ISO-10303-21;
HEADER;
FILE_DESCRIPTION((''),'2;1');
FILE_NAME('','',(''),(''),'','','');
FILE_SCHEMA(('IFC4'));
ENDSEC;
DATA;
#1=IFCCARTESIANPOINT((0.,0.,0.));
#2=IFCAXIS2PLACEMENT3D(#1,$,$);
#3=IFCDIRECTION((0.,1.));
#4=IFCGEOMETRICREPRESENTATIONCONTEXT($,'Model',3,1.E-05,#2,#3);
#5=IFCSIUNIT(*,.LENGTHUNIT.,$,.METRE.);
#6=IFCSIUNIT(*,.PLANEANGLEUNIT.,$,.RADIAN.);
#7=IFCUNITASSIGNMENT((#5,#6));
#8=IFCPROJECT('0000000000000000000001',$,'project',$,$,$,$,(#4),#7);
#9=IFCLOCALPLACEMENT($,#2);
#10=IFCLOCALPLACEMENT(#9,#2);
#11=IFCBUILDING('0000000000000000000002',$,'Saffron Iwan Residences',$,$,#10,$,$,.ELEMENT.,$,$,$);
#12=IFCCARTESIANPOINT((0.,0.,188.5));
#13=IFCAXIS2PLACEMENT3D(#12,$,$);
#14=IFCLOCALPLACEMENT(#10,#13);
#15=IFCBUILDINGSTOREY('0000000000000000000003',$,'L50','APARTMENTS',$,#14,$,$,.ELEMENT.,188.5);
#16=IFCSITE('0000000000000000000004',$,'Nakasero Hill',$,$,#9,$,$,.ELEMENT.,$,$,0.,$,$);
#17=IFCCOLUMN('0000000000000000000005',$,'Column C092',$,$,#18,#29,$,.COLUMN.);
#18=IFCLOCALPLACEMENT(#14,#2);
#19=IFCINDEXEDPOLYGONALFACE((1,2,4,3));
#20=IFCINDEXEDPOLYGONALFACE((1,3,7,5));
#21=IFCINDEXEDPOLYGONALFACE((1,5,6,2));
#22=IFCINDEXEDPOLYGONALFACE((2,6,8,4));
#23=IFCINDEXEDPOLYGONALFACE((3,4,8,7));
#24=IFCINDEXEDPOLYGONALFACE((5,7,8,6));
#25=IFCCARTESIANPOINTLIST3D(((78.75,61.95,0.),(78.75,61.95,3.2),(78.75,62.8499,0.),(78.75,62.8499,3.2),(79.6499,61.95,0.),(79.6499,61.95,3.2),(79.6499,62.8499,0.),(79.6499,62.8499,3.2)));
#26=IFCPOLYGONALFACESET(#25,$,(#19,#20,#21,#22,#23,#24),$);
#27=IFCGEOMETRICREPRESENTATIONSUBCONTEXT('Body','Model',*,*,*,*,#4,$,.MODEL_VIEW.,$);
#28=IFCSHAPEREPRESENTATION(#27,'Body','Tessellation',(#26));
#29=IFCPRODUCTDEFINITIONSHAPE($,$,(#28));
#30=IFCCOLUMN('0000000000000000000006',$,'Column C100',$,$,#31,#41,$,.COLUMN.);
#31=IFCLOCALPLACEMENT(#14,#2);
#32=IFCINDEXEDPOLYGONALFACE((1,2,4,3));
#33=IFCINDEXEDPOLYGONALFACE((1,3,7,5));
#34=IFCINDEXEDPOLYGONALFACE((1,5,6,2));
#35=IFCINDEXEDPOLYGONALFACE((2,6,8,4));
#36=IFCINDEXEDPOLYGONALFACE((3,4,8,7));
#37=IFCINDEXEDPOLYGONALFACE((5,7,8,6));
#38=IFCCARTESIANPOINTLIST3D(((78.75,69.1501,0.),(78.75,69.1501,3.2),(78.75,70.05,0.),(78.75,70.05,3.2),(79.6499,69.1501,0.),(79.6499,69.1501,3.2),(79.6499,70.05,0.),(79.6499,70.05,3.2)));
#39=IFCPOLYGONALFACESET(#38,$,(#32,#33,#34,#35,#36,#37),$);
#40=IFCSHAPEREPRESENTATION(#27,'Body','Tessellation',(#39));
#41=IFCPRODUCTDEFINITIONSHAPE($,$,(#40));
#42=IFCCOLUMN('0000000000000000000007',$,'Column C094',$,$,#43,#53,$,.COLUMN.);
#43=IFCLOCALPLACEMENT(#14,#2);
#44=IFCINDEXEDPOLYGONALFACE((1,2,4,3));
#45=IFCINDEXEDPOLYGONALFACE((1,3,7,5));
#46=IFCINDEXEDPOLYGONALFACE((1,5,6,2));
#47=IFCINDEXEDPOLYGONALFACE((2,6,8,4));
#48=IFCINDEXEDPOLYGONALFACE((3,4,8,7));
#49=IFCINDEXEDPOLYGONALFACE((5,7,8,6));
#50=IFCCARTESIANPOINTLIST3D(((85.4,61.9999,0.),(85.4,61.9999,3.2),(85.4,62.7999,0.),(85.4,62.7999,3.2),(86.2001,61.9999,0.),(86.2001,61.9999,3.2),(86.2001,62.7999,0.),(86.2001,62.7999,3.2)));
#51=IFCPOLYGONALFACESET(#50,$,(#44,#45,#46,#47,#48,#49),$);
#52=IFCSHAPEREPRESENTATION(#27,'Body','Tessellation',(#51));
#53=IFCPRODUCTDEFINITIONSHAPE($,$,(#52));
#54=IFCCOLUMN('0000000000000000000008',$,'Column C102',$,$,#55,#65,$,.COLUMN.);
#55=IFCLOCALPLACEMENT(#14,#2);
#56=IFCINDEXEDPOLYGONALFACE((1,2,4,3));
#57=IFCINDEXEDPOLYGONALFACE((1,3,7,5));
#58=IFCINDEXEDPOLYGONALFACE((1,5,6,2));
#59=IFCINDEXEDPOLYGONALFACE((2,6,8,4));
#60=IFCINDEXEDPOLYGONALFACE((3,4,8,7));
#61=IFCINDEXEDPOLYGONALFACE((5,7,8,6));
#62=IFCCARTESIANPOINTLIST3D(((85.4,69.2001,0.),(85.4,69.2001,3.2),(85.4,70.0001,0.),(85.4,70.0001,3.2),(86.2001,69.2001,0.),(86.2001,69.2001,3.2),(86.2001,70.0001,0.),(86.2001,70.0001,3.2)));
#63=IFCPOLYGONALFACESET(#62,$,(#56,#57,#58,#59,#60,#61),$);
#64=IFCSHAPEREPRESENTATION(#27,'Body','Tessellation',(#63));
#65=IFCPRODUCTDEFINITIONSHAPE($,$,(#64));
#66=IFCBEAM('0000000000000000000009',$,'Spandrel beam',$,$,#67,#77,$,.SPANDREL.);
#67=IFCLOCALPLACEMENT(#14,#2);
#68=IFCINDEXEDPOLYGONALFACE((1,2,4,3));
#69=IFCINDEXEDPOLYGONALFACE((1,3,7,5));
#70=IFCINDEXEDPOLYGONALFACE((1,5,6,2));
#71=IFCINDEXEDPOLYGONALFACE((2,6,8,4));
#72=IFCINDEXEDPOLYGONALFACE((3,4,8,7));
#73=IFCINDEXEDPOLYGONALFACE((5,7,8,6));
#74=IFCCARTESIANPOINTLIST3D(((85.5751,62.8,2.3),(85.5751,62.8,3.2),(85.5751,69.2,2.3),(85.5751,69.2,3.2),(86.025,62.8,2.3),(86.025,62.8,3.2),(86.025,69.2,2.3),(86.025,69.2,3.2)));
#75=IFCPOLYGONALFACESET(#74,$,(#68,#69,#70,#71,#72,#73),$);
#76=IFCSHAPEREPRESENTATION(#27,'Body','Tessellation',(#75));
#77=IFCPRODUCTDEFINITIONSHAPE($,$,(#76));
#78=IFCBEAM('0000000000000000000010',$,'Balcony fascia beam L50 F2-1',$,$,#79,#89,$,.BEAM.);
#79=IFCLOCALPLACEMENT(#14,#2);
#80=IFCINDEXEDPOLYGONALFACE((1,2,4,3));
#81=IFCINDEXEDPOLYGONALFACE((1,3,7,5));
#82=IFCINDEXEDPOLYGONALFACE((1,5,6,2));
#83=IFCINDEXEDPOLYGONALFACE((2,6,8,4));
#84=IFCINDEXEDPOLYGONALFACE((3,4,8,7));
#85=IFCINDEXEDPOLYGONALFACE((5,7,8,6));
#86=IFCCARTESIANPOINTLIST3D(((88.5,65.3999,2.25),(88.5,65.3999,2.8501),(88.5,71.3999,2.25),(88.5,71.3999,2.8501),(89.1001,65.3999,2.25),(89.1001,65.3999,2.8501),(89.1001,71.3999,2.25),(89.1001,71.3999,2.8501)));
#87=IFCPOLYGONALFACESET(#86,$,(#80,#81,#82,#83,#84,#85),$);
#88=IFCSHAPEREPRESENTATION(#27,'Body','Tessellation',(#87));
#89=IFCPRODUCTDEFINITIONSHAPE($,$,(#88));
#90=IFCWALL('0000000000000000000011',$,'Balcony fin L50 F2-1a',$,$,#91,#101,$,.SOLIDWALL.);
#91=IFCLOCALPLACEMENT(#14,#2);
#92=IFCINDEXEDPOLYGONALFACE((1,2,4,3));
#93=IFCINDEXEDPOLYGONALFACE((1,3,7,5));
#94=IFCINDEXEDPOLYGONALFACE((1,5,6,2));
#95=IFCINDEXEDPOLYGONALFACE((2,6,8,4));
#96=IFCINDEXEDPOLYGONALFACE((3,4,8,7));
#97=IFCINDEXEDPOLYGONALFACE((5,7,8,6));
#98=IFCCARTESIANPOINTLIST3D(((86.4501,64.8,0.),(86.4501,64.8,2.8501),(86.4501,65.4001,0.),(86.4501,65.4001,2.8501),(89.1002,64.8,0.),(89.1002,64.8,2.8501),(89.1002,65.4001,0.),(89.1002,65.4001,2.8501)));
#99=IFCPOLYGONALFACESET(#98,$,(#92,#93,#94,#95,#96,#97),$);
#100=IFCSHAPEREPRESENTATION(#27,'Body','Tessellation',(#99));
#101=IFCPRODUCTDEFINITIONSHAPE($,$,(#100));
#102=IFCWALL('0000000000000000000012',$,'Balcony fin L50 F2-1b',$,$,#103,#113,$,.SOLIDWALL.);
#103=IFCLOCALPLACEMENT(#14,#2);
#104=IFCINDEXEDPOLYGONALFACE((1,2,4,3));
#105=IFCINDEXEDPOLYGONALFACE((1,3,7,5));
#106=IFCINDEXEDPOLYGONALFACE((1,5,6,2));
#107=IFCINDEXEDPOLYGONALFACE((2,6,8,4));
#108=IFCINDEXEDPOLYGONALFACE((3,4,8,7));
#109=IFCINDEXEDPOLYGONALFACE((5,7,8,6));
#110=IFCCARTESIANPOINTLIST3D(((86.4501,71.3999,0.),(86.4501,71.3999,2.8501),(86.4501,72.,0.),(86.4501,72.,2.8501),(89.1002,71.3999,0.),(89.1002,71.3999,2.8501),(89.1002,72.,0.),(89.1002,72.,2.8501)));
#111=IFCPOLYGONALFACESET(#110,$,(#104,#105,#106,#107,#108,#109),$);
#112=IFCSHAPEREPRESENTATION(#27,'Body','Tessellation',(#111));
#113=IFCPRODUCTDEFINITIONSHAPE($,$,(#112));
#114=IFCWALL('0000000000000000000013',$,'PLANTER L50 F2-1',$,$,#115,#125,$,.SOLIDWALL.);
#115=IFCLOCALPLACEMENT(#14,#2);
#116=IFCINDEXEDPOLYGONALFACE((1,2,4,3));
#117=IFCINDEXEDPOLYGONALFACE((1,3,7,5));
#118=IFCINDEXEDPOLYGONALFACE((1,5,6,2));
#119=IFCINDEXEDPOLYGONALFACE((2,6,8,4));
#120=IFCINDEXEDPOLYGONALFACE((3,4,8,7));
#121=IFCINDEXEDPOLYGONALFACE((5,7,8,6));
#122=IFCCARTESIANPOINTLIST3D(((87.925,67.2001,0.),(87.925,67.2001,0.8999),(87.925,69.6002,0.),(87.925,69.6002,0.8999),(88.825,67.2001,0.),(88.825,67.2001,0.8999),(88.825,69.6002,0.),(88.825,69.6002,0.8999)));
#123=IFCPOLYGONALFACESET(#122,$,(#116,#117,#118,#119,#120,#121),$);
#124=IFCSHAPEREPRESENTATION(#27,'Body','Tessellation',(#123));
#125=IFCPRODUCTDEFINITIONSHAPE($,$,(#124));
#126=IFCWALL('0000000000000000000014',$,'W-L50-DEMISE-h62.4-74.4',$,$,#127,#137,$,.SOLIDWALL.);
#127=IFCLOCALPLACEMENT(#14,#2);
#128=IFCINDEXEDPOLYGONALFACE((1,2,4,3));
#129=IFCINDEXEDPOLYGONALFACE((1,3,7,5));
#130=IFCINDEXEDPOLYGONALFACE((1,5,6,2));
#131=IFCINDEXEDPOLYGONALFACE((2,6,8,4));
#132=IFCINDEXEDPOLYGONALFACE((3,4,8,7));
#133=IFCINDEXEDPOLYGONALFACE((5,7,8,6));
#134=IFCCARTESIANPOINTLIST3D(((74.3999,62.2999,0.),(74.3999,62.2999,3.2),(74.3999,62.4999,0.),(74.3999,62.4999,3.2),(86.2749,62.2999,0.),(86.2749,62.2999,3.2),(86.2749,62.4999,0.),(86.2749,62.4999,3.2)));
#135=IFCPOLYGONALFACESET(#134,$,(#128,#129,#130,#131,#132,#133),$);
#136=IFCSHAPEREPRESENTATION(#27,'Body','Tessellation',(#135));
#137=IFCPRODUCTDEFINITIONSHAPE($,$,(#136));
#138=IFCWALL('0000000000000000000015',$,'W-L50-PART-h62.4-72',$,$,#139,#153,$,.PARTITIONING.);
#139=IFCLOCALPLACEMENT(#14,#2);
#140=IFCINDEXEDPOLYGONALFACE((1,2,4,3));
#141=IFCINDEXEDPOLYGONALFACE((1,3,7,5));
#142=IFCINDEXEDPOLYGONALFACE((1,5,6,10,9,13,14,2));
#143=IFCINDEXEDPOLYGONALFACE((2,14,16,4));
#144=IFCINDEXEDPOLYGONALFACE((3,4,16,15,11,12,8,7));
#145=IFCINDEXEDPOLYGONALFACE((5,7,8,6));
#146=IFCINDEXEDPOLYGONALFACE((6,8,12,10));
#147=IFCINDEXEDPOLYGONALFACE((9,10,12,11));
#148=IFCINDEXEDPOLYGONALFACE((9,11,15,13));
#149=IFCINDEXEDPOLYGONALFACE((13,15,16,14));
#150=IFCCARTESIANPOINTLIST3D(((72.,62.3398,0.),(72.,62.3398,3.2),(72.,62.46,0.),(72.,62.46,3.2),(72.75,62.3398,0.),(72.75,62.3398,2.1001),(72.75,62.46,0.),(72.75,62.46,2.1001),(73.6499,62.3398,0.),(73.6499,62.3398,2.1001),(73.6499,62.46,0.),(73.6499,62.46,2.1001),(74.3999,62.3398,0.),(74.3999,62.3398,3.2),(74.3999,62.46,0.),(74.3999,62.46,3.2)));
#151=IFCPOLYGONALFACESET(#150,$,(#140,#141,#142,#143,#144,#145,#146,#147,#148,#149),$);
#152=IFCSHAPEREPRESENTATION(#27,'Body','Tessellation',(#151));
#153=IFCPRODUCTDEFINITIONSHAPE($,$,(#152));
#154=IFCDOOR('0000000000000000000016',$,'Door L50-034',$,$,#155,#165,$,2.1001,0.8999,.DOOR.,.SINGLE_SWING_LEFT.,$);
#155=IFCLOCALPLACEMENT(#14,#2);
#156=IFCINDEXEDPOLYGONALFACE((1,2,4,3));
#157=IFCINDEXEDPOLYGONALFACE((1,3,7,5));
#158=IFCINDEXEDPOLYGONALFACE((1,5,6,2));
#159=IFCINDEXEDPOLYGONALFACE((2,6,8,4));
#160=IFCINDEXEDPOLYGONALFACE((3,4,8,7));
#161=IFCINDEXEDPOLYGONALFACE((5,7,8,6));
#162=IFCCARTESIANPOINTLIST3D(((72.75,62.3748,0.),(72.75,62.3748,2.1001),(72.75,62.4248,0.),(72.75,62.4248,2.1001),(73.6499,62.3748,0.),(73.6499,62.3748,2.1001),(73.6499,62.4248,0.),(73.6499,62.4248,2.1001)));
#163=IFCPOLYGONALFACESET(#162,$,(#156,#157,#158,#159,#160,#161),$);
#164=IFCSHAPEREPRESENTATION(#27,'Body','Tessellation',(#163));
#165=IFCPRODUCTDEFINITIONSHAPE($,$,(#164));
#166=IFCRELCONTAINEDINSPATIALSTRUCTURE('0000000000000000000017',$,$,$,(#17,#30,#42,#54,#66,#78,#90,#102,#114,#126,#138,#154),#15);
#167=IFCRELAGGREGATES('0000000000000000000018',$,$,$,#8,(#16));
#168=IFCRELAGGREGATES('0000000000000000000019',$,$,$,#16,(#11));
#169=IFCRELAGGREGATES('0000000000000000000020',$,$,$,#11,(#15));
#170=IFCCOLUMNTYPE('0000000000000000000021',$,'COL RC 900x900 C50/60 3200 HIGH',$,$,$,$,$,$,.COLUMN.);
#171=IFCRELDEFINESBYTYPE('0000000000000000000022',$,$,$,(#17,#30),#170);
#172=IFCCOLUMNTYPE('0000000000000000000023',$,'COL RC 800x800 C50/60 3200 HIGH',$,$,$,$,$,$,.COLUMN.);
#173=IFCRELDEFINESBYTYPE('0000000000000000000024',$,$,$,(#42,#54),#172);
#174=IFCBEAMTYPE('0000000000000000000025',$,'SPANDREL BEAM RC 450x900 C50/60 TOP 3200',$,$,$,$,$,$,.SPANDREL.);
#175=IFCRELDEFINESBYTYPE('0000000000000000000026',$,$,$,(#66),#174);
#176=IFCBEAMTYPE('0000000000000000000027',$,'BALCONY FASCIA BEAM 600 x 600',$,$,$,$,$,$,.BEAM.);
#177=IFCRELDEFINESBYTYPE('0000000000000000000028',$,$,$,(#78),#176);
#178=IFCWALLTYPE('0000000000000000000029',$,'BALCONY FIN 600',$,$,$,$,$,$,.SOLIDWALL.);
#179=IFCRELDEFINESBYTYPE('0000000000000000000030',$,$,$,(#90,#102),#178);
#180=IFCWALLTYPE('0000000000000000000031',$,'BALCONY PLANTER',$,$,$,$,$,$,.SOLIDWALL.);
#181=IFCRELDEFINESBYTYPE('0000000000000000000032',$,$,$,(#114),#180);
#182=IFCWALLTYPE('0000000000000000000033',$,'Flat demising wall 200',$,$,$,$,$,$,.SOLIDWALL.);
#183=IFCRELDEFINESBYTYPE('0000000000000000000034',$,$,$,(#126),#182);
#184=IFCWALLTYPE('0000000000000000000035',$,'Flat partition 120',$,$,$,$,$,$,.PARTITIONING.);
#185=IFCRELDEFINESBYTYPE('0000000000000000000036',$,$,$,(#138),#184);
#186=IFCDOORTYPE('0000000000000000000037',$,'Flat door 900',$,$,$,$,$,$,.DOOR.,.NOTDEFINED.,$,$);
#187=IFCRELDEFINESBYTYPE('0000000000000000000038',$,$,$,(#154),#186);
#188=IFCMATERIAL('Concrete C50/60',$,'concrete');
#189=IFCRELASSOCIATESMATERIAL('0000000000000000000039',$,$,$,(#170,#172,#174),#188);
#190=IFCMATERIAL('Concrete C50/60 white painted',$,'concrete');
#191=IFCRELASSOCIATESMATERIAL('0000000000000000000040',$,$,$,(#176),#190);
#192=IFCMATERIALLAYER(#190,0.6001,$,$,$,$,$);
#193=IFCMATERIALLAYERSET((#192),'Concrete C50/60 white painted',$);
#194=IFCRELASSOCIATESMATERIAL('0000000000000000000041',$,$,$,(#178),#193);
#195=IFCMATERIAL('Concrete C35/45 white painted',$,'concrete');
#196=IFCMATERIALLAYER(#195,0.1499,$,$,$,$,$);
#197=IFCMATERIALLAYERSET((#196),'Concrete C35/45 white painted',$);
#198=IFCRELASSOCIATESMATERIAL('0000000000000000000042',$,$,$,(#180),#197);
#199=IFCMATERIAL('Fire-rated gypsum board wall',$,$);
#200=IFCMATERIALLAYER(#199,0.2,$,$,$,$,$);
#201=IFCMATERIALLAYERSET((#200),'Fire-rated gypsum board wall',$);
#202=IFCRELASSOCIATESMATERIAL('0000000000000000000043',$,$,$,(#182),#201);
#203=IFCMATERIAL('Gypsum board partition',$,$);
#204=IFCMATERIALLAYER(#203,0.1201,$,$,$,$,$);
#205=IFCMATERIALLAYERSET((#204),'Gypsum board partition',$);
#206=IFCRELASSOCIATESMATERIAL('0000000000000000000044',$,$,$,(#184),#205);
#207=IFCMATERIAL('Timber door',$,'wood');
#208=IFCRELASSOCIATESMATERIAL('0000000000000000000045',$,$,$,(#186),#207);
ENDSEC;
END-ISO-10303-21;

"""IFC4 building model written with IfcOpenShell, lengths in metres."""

from ifc_helpers import new_model, si_unit, direction, frame, frame_2d, origin, origin_2d, place, context, subcontext, project, spatial, rectangle, extrude, source, transform, mapped, material, layer, layer_set, material_profile, profile_set, type_object, element, fill, save


model = new_model("IFC4")

# Units and contexts
model_context = context("Model", 3, precision=1e-05, world=origin(), true_north=direction((0.0, 1.0)))
body_context = subcontext(model_context, "Body", "Model", "MODEL_VIEW")
ifc_project = project(units=[si_unit("LENGTHUNIT", "METRE"), si_unit("PLANEANGLEUNIT", "RADIAN")], contexts=[model_context])

# Site, building, storey
site_placement = place(None, origin())
site = spatial("IfcSite", under=ifc_project, at=site_placement, Name="Nakasero Hill", CompositionType="ELEMENT", RefElevation=0.0)
building_placement = place(site_placement, origin())
building = spatial("IfcBuilding", under=site, at=building_placement, Name="Saffron Iwan Residences", CompositionType="ELEMENT")
storey_placement = place(building_placement, frame((0.0, 0.0, 188.5)))
storey = spatial("IfcBuildingStorey", under=building, at=storey_placement, Name="L50", Description="APARTMENTS", CompositionType="ELEMENT", Elevation=188.5)

# Columns
ifc_material_1 = material(Name="Concrete C50/60", Category="concrete")
ifc_material_profile_1 = material_profile(ifc_material_1, rectangle(XDim=0.8999, YDim=0.8999, at=origin_2d()), Name="RC 900x900")
ifc_profile_set_1 = profile_set([ifc_material_profile_1], Name="Concrete C50/60")
column_type_1 = type_object("IfcColumnType", Name="COL RC 900x900 C50/60 3200 HIGH", PredefinedType="COLUMN", material=ifc_profile_set_1)
shared_shape_1 = source(origin(), body_context, "Body", "SweptSolid", [
    extrude(rectangle(XDim=0.8999, YDim=0.8999, at=origin_2d()), origin(), (0.0, 0.0, 1.0), 3.2),
])
for number, where, z_axis, x_axis, name in (
    (1, (79.2, 62.3999, 0.0), (0.0, 0.0, 1.0), (1.0, 0.0, 0.0), "Column C092"),
    (2, (79.2, 69.6001, 0.0), (0.0, 0.0, 1.0), (1.0, 0.0, 0.0), "Column C100"),
):
    element("IfcColumn", number, at=place(storey_placement, frame(where, z_axis=z_axis, x_axis=x_axis)), inside=storey, type_object=column_type_1, Name=name, PredefinedType="COLUMN", context=body_context, shape_type="MappedRepresentation", body=[
        mapped(shared_shape_1, transform((0.0, 0.0, 0.0))),
    ])
ifc_material_profile_2 = material_profile(ifc_material_1, rectangle(XDim=0.8, YDim=0.8, at=origin_2d()), Name="RC 800x800")
ifc_profile_set_2 = profile_set([ifc_material_profile_2], Name="Concrete C50/60")
column_type_2 = type_object("IfcColumnType", Name="COL RC 800x800 C50/60 3200 HIGH", PredefinedType="COLUMN", material=ifc_profile_set_2)
shared_shape_2 = source(origin(), body_context, "Body", "SweptSolid", [
    extrude(rectangle(XDim=0.8, YDim=0.8, at=origin_2d()), origin(), (0.0, 0.0, 1.0), 3.2),
])
for number, where, z_axis, x_axis, name in (
    (3, (85.8, 62.3999, 0.0), (0.0, 0.0, 1.0), (1.0, 0.0, 0.0), "Column C094"),
    (4, (85.8, 69.6001, 0.0), (0.0, 0.0, 1.0), (1.0, 0.0, 0.0), "Column C102"),
):
    element("IfcColumn", number, at=place(storey_placement, frame(where, z_axis=z_axis, x_axis=x_axis)), inside=storey, type_object=column_type_2, Name=name, PredefinedType="COLUMN", context=body_context, shape_type="MappedRepresentation", body=[
        mapped(shared_shape_2, transform((0.0, 0.0, 0.0))),
    ])

# Beams
ifc_material_profile_3 = material_profile(ifc_material_1, rectangle(XDim=0.45, YDim=0.8999, at=origin_2d()), Name="RC 450x900")
ifc_profile_set_3 = profile_set([ifc_material_profile_3], Name="Concrete C50/60")
beam_type_1 = type_object("IfcBeamType", Name="SPANDREL BEAM RC 450x900 C50/60 TOP 3200", PredefinedType="SPANDREL", material=ifc_profile_set_3)
shared_shape_3 = source(origin(), body_context, "Body", "SweptSolid", [
    extrude(rectangle(XDim=0.45, YDim=0.8999, at=origin_2d()), origin(), (0.0, 0.0, 1.0), 6.3999),
])
beam_1_placement = place(storey_placement, frame((85.8, 69.2, 2.75), z_axis=(0.0, -1.0, 0.0), x_axis=(1.0, 0.0, 0.0)))
element("IfcBeam", 5, at=beam_1_placement, inside=storey, type_object=beam_type_1, Name="Spandrel beam", PredefinedType="SPANDREL", context=body_context, shape_type="MappedRepresentation", body=[
    mapped(shared_shape_3, transform((0.0, 0.0, 0.0))),
])
ifc_material_2 = material(Name="Concrete C50/60 white painted", Category="concrete")
ifc_material_profile_4 = material_profile(ifc_material_2, rectangle(XDim=0.6001, YDim=0.6001, at=origin_2d()), Name="BALCONY FASCIA BEAM 600 x 600")
ifc_profile_set_4 = profile_set([ifc_material_profile_4], Name="Concrete C50/60 white painted")
beam_type_2 = type_object("IfcBeamType", Name="BALCONY FASCIA BEAM 600 x 600", PredefinedType="BEAM", material=ifc_profile_set_4)
shared_shape_4 = source(origin(), body_context, "Body", "SweptSolid", [
    extrude(rectangle(XDim=0.6001, YDim=0.6001, at=origin_2d()), origin(), (0.0, 0.0, 1.0), 6.0),
])
beam_2_placement = place(storey_placement, frame((88.8, 65.3999, 2.55), z_axis=(0.0, 1.0, 0.0), x_axis=(-1.0, 0.0, 0.0)))
element("IfcBeam", 6, at=beam_2_placement, inside=storey, type_object=beam_type_2, Name="Balcony fascia beam L50 F2-1", PredefinedType="BEAM", context=body_context, shape_type="MappedRepresentation", body=[
    mapped(shared_shape_4, transform((0.0, 0.0, 0.0))),
])

# Walls
ifc_layer_1 = layer(ifc_material_2, 0.6001)
ifc_layer_set_1 = layer_set([ifc_layer_1], Name="Concrete C50/60 white painted")
wall_type_1 = type_object("IfcWallType", Name="BALCONY FIN 600", PredefinedType="SOLIDWALL", material=ifc_layer_set_1)
for number, where, z_axis, x_axis, name in (
    (7, (86.45, 65.1001, 0.0), (0.0, 0.0, 1.0), (1.0, 0.0, 0.0), "Balcony fin L50 F2-1a"),
    (8, (86.45, 71.7, 0.0), (0.0, 0.0, 1.0), (1.0, 0.0, 0.0), "Balcony fin L50 F2-1b"),
):
    element("IfcWall", number, at=place(storey_placement, frame(where, z_axis=z_axis, x_axis=x_axis)), inside=storey, type_object=wall_type_1, Name=name, PredefinedType="SOLIDWALL", context=body_context, shape_type="SweptSolid", body=[
        extrude(rectangle(XDim=2.6501, YDim=0.6001, at=frame_2d((1.3252, 0.0))), origin(), (0.0, 0.0, 1.0), 2.8501),
    ])
ifc_material_3 = material(Name="Concrete C35/45 white painted", Category="concrete")
ifc_layer_2 = layer(ifc_material_3, 0.1499)
ifc_layer_set_2 = layer_set([ifc_layer_2], Name="Concrete C35/45 white painted")
wall_type_2 = type_object("IfcWallType", Name="BALCONY PLANTER", PredefinedType="SOLIDWALL", material=ifc_layer_set_2)
wall_1_placement = place(storey_placement, frame((88.375, 67.2, 0.0), z_axis=(0.0, 0.0, 1.0), x_axis=(0.0, 1.0, 0.0)))
element("IfcWall", 9, at=wall_1_placement, inside=storey, type_object=wall_type_2, Name="PLANTER L50 F2-1", PredefinedType="SOLIDWALL", context=body_context, shape_type="SweptSolid", body=[
    extrude(rectangle(XDim=2.4001, YDim=0.8999, at=frame_2d((1.2002, 0.0))), origin(), (0.0, 0.0, 1.0), 0.8999),
])
ifc_material_4 = material(Name="Fire-rated gypsum board wall")
ifc_layer_3 = layer(ifc_material_4, 0.2)
ifc_layer_set_3 = layer_set([ifc_layer_3], Name="Fire-rated gypsum board wall")
wall_type_3 = type_object("IfcWallType", Name="Flat demising wall 200", PredefinedType="SOLIDWALL", material=ifc_layer_set_3)
wall_2_placement = place(storey_placement, frame((74.3999, 62.3999, 0.0), z_axis=(0.0, 0.0, 1.0), x_axis=(1.0, 0.0, 0.0)))
element("IfcWall", 10, at=wall_2_placement, inside=storey, type_object=wall_type_3, Name="W-L50-DEMISE-h62.4-74.4", PredefinedType="SOLIDWALL", context=body_context, shape_type="SweptSolid", body=[
    extrude(rectangle(XDim=11.875, YDim=0.2, at=frame_2d((5.9375, 0.0))), origin(), (0.0, 0.0, 1.0), 3.2),
])

# Wall, opening, door
ifc_material_5 = material(Name="Gypsum board partition")
ifc_layer_4 = layer(ifc_material_5, 0.1201)
ifc_layer_set_4 = layer_set([ifc_layer_4], Name="Gypsum board partition")
wall_type_4 = type_object("IfcWallType", Name="Flat partition 120", PredefinedType="PARTITIONING", material=ifc_layer_set_4)
wall_3_placement = place(storey_placement, frame((72.0, 62.3999, 0.0), z_axis=(0.0, 0.0, 1.0), x_axis=(1.0, 0.0, 0.0)))
wall_3 = element("IfcWall", 11, at=wall_3_placement, inside=storey, type_object=wall_type_4, Name="W-L50-PART-h62.4-72", PredefinedType="PARTITIONING", context=body_context, shape_type="SweptSolid", body=[
    extrude(rectangle(XDim=2.3999, YDim=0.1201, at=frame_2d((1.2, 0.0))), origin(), (0.0, 0.0, 1.0), 3.2),
])
opening_1_placement = place(wall_3_placement, frame((0.75, 0.0, 0.0)))
opening_1 = element("IfcOpeningElement", 12, at=opening_1_placement, cuts=wall_3, PredefinedType="OPENING", context=body_context, shape_type="SweptSolid", body=[
    extrude(rectangle(XDim=0.8999, YDim=2.1001, at=frame_2d((0.45, 1.05))), frame((0.0, 0.0701, 0.0), z_axis=(0.0, -1.0, 0.0), x_axis=(1.0, 0.0, 0.0)), (0.0, 0.0, 1.0), 0.1401),
])
ifc_material_6 = material(Name="Timber door", Category="wood")
door_type_1 = type_object("IfcDoorType", Name="Flat door 900", OperationType="NOTDEFINED", PredefinedType="DOOR", material=ifc_material_6)
door_1_placement = place(opening_1_placement, origin())
door_1 = element("IfcDoor", 13, at=door_1_placement, inside=storey, type_object=door_type_1, Name="Door L50-034", OperationType="SINGLE_SWING_LEFT", OverallHeight=2.1001, OverallWidth=0.8999, PredefinedType="DOOR", context=body_context, shape_type="SweptSolid", body=[
    extrude(rectangle(XDim=0.8999, YDim=2.1001, at=frame_2d((0.45, 1.05))), frame((0.0, 0.0249, 0.0), z_axis=(0.0, -1.0, 0.0), x_axis=(1.0, 0.0, 0.0)), (0.0, 0.0, 1.0), 0.05),
])
fill(opening_1, door_1)

save(model, "model.ifc")
